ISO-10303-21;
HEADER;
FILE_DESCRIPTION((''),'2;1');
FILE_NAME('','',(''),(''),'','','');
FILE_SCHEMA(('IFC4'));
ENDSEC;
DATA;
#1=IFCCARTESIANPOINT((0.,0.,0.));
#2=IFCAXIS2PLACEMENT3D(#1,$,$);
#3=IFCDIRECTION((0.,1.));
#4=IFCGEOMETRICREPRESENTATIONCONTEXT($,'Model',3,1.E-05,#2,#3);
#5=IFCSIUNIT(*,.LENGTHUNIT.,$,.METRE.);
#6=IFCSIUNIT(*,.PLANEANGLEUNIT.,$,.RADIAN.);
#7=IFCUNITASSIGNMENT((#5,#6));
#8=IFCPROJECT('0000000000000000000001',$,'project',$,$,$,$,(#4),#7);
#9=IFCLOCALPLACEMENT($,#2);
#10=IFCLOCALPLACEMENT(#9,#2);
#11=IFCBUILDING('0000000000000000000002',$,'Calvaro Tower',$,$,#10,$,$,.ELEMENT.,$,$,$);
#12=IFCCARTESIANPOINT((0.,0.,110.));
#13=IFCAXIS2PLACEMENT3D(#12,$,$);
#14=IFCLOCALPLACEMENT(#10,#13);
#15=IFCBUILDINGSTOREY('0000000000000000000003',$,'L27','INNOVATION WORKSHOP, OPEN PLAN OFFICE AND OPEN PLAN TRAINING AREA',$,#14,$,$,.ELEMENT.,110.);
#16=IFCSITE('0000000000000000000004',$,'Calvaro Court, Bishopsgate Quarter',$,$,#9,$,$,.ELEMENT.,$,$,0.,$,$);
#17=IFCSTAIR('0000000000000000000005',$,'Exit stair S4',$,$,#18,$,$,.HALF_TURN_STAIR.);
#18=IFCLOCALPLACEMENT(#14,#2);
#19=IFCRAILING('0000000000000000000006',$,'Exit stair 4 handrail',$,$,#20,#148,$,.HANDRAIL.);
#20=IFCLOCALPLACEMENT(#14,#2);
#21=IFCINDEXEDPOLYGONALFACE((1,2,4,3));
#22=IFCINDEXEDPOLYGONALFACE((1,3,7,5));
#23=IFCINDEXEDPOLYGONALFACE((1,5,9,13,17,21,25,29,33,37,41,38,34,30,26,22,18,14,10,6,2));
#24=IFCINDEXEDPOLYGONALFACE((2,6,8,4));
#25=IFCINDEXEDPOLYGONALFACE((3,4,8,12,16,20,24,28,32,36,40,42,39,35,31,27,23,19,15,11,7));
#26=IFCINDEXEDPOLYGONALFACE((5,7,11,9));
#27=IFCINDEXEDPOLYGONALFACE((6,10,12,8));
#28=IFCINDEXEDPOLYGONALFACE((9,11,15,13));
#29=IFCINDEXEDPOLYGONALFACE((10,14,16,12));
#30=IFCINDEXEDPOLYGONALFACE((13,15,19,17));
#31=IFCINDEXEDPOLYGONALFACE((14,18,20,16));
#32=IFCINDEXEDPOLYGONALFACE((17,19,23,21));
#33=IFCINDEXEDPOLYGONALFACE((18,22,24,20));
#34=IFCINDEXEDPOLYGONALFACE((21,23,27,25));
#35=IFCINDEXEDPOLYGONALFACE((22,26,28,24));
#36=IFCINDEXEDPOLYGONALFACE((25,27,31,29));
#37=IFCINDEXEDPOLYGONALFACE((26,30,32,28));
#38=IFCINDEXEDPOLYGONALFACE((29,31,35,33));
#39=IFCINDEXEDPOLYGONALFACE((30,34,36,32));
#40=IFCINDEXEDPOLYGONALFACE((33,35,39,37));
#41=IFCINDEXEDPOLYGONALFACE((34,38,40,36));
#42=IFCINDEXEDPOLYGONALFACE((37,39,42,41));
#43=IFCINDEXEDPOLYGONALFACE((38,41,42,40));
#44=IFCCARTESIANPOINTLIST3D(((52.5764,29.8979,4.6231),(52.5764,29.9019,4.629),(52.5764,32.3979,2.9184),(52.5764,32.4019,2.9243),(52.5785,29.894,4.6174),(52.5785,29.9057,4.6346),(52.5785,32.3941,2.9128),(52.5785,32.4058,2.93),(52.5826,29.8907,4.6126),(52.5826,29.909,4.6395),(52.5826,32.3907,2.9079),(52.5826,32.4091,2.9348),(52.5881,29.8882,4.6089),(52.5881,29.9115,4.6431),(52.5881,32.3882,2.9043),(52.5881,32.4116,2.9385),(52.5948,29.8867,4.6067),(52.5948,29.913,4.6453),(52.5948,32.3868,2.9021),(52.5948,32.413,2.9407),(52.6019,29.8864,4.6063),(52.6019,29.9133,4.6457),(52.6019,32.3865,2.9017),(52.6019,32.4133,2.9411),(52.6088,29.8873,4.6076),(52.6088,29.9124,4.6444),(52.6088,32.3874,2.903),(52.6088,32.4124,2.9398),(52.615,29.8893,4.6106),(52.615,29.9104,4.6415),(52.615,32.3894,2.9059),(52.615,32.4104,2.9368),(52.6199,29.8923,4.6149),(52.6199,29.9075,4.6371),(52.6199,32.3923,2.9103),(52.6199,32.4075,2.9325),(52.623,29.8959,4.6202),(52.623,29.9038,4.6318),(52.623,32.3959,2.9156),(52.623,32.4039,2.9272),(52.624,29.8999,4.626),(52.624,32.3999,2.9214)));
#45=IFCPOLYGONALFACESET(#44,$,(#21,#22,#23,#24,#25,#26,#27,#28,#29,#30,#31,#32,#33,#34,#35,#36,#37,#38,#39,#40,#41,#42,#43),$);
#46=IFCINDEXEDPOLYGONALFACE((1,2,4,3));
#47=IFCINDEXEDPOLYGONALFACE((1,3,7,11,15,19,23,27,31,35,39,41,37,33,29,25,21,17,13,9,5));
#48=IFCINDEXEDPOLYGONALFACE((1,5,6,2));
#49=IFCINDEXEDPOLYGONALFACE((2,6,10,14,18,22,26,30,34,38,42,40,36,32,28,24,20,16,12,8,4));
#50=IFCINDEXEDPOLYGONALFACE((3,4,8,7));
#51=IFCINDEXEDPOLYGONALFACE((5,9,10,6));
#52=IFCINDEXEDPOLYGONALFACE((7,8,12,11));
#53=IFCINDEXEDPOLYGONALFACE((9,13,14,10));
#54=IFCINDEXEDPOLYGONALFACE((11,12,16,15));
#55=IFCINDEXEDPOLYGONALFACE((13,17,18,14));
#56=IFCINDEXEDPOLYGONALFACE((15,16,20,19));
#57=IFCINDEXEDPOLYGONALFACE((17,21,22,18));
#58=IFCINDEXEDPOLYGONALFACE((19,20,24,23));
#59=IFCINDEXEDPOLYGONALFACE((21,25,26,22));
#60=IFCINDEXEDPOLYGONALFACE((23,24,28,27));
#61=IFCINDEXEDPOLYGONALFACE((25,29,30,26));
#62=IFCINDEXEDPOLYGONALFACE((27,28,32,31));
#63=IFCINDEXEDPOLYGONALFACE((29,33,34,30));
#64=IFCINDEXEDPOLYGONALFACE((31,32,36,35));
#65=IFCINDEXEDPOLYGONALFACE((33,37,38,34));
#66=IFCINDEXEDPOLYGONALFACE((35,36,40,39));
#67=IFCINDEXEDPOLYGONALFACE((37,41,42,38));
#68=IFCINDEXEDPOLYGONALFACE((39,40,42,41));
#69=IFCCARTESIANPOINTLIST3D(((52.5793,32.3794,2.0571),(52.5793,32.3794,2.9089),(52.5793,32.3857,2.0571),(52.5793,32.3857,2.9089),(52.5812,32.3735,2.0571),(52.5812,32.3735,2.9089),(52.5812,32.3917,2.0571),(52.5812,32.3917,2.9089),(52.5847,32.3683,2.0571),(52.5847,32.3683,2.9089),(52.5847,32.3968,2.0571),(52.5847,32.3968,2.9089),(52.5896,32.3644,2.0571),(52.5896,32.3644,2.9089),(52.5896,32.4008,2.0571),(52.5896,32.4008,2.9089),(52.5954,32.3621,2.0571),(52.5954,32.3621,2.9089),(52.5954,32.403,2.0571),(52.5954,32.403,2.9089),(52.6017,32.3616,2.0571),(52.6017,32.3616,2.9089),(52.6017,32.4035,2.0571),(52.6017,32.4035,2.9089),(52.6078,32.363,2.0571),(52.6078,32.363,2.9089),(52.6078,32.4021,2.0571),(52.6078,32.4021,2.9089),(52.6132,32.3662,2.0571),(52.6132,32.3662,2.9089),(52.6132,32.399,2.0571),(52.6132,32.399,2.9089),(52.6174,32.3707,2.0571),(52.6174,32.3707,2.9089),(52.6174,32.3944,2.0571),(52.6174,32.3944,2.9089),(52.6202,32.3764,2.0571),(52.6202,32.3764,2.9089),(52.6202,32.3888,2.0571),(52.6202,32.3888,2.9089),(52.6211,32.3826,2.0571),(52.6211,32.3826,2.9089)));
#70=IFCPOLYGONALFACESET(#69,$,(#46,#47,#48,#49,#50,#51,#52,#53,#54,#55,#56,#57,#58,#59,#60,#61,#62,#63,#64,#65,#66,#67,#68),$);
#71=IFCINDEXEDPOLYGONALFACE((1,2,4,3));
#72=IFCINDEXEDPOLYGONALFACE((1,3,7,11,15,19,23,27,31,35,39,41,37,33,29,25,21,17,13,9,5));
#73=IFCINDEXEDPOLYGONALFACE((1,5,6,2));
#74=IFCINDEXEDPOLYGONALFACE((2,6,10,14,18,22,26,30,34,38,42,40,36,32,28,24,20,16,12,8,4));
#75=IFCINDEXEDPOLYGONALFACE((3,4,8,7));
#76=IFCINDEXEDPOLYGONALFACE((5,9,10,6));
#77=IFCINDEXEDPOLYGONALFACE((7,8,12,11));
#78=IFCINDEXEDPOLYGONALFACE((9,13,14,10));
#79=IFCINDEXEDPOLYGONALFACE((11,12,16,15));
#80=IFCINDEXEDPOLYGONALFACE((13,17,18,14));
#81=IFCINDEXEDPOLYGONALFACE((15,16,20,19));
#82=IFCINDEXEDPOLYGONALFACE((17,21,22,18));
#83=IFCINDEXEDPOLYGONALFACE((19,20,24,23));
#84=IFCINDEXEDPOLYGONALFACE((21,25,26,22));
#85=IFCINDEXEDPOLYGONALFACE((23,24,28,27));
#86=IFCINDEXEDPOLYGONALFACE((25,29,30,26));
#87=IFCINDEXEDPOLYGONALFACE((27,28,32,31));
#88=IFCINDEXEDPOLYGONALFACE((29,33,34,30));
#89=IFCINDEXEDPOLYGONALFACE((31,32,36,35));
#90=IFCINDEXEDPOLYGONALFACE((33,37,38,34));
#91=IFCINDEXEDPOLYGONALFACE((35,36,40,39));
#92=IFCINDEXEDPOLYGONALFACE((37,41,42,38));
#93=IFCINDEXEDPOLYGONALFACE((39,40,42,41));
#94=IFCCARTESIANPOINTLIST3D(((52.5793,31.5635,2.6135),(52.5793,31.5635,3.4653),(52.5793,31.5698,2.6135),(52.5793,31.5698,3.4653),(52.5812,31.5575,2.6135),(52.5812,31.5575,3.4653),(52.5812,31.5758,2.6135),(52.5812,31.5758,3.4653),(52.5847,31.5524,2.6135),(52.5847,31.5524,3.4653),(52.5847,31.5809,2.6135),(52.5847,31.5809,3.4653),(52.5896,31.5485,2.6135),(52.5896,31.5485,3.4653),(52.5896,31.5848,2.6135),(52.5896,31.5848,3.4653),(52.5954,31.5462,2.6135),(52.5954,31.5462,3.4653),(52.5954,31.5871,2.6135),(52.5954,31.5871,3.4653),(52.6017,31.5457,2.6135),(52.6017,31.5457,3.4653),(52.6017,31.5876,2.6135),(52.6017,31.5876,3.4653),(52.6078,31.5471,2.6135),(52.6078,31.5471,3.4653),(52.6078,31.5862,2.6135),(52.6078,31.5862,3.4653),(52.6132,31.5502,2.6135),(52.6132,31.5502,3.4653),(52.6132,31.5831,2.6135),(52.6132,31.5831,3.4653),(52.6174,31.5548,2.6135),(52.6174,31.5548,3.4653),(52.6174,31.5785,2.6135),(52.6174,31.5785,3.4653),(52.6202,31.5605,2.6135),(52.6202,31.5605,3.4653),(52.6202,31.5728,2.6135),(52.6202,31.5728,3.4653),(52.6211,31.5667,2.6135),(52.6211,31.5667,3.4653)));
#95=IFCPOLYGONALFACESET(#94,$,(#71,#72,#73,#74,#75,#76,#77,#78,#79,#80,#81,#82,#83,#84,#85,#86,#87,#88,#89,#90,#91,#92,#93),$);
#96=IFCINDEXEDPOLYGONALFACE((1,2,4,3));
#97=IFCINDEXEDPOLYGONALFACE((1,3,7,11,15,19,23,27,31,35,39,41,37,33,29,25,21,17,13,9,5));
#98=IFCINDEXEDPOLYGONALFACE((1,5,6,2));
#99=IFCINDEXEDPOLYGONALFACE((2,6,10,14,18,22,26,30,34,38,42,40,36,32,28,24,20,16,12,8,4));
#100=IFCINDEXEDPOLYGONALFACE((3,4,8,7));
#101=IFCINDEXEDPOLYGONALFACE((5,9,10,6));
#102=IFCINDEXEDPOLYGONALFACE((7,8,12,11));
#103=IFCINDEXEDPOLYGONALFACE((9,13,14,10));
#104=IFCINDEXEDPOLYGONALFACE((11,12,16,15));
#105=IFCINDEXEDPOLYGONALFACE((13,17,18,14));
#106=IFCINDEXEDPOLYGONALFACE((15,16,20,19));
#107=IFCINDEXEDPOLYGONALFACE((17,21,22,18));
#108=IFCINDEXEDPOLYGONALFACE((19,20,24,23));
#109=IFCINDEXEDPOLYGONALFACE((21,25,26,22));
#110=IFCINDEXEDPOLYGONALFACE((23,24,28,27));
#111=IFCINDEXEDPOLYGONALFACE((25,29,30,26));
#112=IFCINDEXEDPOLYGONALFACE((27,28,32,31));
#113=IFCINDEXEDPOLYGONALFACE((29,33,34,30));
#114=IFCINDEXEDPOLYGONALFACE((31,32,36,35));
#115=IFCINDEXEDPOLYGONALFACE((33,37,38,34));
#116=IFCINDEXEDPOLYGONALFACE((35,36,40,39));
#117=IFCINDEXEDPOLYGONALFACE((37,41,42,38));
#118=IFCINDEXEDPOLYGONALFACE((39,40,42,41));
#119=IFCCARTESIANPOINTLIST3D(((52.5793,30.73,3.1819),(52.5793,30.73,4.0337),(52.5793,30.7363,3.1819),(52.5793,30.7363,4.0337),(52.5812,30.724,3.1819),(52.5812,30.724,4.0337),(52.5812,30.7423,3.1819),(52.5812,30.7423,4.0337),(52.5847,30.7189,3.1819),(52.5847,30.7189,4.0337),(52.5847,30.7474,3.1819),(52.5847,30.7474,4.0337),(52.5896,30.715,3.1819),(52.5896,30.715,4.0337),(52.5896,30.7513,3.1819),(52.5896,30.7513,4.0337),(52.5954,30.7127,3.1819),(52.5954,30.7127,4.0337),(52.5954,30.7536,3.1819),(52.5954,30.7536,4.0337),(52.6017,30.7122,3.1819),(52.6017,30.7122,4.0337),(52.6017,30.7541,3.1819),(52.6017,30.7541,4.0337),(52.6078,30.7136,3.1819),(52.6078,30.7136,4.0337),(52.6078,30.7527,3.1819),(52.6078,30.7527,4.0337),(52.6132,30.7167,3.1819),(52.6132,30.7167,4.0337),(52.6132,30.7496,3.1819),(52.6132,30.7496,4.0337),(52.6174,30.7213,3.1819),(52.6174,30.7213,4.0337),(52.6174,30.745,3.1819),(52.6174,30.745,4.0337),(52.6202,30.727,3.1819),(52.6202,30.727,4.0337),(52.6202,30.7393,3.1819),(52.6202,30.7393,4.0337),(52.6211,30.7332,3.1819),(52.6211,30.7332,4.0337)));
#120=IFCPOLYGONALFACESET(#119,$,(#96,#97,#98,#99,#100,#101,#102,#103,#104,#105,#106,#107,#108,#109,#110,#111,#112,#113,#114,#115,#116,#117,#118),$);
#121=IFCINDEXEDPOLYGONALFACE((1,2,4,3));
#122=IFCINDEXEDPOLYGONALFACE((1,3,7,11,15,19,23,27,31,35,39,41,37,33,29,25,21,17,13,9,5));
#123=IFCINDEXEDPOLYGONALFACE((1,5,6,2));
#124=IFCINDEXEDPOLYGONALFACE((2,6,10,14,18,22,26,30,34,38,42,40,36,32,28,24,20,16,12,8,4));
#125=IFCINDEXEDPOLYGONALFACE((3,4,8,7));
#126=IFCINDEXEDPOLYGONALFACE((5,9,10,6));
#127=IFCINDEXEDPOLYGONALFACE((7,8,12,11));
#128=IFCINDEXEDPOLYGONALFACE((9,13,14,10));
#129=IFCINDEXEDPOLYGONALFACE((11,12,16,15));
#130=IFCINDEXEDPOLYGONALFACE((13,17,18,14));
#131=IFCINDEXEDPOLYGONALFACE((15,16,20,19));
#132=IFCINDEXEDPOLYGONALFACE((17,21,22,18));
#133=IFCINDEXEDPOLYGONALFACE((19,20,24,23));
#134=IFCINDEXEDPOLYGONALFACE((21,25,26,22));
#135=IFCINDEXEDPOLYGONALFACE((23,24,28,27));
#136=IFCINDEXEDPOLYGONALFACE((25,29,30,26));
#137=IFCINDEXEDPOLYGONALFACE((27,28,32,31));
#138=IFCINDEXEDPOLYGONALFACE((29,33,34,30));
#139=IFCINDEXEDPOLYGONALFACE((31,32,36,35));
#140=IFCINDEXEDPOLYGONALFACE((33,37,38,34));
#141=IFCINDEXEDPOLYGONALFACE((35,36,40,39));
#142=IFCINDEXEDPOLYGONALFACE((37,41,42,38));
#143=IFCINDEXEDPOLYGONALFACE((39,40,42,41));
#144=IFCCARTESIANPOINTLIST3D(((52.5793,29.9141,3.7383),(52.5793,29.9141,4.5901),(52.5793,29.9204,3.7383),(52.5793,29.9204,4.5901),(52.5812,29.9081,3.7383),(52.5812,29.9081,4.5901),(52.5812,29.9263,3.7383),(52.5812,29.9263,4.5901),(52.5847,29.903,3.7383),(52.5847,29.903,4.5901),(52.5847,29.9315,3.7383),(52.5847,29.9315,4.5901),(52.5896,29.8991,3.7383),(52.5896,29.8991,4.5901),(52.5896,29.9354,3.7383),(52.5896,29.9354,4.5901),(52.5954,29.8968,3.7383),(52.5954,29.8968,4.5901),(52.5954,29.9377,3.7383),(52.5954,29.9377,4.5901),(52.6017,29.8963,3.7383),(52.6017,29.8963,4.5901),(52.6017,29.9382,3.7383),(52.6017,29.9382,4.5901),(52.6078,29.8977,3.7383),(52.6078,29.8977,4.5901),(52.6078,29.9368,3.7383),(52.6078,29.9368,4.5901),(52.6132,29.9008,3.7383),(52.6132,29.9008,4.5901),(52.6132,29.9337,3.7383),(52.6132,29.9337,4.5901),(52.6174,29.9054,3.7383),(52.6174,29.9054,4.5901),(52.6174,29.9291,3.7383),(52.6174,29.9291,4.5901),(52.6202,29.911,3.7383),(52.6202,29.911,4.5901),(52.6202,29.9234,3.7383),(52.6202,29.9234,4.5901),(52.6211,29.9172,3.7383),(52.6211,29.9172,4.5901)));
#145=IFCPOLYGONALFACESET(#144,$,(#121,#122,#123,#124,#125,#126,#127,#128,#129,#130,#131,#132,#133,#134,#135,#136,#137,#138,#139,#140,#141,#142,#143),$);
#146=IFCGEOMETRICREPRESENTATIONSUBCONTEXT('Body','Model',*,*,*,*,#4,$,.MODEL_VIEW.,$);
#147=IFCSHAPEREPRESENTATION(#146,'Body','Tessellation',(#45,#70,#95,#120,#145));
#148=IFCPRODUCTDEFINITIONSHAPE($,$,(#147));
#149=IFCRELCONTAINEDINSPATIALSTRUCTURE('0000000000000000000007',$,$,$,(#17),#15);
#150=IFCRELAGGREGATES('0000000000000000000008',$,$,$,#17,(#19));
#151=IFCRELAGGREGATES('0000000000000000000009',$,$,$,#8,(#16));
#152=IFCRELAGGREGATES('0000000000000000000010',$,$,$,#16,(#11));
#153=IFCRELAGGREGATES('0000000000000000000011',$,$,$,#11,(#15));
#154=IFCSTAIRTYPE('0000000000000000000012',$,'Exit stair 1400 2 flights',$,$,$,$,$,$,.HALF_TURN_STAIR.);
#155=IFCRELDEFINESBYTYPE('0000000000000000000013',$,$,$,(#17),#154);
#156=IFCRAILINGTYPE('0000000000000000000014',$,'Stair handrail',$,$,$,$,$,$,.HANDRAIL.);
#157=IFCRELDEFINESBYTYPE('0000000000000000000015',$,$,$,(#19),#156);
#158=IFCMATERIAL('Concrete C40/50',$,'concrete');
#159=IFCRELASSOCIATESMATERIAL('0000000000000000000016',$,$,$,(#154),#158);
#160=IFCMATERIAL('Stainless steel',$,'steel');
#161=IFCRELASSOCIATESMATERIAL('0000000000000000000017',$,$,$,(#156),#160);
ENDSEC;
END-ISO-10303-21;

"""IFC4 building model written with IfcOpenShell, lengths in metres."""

from ifc_helpers import new_model, si_unit, direction, frame, origin, origin_2d, place, context, subcontext, project, spatial, circle, extrude, material, type_object, element, aggregate, save


model = new_model("IFC4")

# Units and contexts
model_context = context("Model", 3, precision=1e-05, world=origin(), true_north=direction((0.0, 1.0)))
body_context = subcontext(model_context, "Body", "Model", "MODEL_VIEW")
ifc_project = project(units=[si_unit("LENGTHUNIT", "METRE"), si_unit("PLANEANGLEUNIT", "RADIAN")], contexts=[model_context])

# Site, building, storey
site_placement = place(None, origin())
site = spatial("IfcSite", under=ifc_project, at=site_placement, Name="Calvaro Court, Bishopsgate Quarter", CompositionType="ELEMENT", RefElevation=0.0)
building_placement = place(site_placement, origin())
building = spatial("IfcBuilding", under=site, at=building_placement, Name="Calvaro Tower", CompositionType="ELEMENT")
storey_placement = place(building_placement, frame((0.0, 0.0, 110.0)))
storey = spatial("IfcBuildingStorey", under=building, at=storey_placement, Name="L27", Description="INNOVATION WORKSHOP, OPEN PLAN OFFICE AND OPEN PLAN TRAINING AREA", CompositionType="ELEMENT", Elevation=110.0)

# Shared definitions
ifc_material_1 = material(Name="Concrete C40/50", Category="concrete")
stair_type = type_object("IfcStairType", Name="Exit stair 1400 2 flights", PredefinedType="HALF_TURN_STAIR", material=ifc_material_1)
ifc_material_2 = material(Name="Stainless steel", Category="steel")
railing_type = type_object("IfcRailingType", Name="Stair handrail", PredefinedType="HANDRAIL", material=ifc_material_2)

# Stair, railing
stair_1_placement = place(storey_placement, origin())
stair_1 = element("IfcStair", 1, at=stair_1_placement, inside=storey, type_object=stair_type, Name="Exit stair S4", PredefinedType="HALF_TURN_STAIR")
railing_1_placement = place(storey_placement, frame((52.6001, 32.3999, 2.0454)))
railing_1 = element("IfcRailing", 2, at=railing_1_placement, type_object=railing_type, Name="Exit stair 4 handrail", PredefinedType="HANDRAIL", context=body_context, shape_type="SweptSolid", body=[
    extrude(circle(Radius=0.0239, at=origin_2d()), frame((0.0, 0.0, 0.876), z_axis=(0.0, -0.826221, 0.563347), x_axis=(1.0, 0.0, 0.0)), (0.0, 0.0, 1.0), 3.0259),
    extrude(circle(Radius=0.021, at=origin_2d()), frame((0.0, -0.0173, 0.0117)), (0.0, 0.0, 1.0), 0.8518),
    extrude(circle(Radius=0.021, at=origin_2d()), frame((0.0, -0.8333, 0.5681)), (0.0, 0.0, 1.0), 0.8518),
    extrude(circle(Radius=0.021, at=origin_2d()), frame((0.0, -1.6667, 1.1365)), (0.0, 0.0, 1.0), 0.8518),
    extrude(circle(Radius=0.021, at=origin_2d()), frame((0.0, -2.4827, 1.6929)), (0.0, 0.0, 1.0), 0.8518),
])
aggregate(stair_1, [railing_1])

save(model, "model.ifc")
